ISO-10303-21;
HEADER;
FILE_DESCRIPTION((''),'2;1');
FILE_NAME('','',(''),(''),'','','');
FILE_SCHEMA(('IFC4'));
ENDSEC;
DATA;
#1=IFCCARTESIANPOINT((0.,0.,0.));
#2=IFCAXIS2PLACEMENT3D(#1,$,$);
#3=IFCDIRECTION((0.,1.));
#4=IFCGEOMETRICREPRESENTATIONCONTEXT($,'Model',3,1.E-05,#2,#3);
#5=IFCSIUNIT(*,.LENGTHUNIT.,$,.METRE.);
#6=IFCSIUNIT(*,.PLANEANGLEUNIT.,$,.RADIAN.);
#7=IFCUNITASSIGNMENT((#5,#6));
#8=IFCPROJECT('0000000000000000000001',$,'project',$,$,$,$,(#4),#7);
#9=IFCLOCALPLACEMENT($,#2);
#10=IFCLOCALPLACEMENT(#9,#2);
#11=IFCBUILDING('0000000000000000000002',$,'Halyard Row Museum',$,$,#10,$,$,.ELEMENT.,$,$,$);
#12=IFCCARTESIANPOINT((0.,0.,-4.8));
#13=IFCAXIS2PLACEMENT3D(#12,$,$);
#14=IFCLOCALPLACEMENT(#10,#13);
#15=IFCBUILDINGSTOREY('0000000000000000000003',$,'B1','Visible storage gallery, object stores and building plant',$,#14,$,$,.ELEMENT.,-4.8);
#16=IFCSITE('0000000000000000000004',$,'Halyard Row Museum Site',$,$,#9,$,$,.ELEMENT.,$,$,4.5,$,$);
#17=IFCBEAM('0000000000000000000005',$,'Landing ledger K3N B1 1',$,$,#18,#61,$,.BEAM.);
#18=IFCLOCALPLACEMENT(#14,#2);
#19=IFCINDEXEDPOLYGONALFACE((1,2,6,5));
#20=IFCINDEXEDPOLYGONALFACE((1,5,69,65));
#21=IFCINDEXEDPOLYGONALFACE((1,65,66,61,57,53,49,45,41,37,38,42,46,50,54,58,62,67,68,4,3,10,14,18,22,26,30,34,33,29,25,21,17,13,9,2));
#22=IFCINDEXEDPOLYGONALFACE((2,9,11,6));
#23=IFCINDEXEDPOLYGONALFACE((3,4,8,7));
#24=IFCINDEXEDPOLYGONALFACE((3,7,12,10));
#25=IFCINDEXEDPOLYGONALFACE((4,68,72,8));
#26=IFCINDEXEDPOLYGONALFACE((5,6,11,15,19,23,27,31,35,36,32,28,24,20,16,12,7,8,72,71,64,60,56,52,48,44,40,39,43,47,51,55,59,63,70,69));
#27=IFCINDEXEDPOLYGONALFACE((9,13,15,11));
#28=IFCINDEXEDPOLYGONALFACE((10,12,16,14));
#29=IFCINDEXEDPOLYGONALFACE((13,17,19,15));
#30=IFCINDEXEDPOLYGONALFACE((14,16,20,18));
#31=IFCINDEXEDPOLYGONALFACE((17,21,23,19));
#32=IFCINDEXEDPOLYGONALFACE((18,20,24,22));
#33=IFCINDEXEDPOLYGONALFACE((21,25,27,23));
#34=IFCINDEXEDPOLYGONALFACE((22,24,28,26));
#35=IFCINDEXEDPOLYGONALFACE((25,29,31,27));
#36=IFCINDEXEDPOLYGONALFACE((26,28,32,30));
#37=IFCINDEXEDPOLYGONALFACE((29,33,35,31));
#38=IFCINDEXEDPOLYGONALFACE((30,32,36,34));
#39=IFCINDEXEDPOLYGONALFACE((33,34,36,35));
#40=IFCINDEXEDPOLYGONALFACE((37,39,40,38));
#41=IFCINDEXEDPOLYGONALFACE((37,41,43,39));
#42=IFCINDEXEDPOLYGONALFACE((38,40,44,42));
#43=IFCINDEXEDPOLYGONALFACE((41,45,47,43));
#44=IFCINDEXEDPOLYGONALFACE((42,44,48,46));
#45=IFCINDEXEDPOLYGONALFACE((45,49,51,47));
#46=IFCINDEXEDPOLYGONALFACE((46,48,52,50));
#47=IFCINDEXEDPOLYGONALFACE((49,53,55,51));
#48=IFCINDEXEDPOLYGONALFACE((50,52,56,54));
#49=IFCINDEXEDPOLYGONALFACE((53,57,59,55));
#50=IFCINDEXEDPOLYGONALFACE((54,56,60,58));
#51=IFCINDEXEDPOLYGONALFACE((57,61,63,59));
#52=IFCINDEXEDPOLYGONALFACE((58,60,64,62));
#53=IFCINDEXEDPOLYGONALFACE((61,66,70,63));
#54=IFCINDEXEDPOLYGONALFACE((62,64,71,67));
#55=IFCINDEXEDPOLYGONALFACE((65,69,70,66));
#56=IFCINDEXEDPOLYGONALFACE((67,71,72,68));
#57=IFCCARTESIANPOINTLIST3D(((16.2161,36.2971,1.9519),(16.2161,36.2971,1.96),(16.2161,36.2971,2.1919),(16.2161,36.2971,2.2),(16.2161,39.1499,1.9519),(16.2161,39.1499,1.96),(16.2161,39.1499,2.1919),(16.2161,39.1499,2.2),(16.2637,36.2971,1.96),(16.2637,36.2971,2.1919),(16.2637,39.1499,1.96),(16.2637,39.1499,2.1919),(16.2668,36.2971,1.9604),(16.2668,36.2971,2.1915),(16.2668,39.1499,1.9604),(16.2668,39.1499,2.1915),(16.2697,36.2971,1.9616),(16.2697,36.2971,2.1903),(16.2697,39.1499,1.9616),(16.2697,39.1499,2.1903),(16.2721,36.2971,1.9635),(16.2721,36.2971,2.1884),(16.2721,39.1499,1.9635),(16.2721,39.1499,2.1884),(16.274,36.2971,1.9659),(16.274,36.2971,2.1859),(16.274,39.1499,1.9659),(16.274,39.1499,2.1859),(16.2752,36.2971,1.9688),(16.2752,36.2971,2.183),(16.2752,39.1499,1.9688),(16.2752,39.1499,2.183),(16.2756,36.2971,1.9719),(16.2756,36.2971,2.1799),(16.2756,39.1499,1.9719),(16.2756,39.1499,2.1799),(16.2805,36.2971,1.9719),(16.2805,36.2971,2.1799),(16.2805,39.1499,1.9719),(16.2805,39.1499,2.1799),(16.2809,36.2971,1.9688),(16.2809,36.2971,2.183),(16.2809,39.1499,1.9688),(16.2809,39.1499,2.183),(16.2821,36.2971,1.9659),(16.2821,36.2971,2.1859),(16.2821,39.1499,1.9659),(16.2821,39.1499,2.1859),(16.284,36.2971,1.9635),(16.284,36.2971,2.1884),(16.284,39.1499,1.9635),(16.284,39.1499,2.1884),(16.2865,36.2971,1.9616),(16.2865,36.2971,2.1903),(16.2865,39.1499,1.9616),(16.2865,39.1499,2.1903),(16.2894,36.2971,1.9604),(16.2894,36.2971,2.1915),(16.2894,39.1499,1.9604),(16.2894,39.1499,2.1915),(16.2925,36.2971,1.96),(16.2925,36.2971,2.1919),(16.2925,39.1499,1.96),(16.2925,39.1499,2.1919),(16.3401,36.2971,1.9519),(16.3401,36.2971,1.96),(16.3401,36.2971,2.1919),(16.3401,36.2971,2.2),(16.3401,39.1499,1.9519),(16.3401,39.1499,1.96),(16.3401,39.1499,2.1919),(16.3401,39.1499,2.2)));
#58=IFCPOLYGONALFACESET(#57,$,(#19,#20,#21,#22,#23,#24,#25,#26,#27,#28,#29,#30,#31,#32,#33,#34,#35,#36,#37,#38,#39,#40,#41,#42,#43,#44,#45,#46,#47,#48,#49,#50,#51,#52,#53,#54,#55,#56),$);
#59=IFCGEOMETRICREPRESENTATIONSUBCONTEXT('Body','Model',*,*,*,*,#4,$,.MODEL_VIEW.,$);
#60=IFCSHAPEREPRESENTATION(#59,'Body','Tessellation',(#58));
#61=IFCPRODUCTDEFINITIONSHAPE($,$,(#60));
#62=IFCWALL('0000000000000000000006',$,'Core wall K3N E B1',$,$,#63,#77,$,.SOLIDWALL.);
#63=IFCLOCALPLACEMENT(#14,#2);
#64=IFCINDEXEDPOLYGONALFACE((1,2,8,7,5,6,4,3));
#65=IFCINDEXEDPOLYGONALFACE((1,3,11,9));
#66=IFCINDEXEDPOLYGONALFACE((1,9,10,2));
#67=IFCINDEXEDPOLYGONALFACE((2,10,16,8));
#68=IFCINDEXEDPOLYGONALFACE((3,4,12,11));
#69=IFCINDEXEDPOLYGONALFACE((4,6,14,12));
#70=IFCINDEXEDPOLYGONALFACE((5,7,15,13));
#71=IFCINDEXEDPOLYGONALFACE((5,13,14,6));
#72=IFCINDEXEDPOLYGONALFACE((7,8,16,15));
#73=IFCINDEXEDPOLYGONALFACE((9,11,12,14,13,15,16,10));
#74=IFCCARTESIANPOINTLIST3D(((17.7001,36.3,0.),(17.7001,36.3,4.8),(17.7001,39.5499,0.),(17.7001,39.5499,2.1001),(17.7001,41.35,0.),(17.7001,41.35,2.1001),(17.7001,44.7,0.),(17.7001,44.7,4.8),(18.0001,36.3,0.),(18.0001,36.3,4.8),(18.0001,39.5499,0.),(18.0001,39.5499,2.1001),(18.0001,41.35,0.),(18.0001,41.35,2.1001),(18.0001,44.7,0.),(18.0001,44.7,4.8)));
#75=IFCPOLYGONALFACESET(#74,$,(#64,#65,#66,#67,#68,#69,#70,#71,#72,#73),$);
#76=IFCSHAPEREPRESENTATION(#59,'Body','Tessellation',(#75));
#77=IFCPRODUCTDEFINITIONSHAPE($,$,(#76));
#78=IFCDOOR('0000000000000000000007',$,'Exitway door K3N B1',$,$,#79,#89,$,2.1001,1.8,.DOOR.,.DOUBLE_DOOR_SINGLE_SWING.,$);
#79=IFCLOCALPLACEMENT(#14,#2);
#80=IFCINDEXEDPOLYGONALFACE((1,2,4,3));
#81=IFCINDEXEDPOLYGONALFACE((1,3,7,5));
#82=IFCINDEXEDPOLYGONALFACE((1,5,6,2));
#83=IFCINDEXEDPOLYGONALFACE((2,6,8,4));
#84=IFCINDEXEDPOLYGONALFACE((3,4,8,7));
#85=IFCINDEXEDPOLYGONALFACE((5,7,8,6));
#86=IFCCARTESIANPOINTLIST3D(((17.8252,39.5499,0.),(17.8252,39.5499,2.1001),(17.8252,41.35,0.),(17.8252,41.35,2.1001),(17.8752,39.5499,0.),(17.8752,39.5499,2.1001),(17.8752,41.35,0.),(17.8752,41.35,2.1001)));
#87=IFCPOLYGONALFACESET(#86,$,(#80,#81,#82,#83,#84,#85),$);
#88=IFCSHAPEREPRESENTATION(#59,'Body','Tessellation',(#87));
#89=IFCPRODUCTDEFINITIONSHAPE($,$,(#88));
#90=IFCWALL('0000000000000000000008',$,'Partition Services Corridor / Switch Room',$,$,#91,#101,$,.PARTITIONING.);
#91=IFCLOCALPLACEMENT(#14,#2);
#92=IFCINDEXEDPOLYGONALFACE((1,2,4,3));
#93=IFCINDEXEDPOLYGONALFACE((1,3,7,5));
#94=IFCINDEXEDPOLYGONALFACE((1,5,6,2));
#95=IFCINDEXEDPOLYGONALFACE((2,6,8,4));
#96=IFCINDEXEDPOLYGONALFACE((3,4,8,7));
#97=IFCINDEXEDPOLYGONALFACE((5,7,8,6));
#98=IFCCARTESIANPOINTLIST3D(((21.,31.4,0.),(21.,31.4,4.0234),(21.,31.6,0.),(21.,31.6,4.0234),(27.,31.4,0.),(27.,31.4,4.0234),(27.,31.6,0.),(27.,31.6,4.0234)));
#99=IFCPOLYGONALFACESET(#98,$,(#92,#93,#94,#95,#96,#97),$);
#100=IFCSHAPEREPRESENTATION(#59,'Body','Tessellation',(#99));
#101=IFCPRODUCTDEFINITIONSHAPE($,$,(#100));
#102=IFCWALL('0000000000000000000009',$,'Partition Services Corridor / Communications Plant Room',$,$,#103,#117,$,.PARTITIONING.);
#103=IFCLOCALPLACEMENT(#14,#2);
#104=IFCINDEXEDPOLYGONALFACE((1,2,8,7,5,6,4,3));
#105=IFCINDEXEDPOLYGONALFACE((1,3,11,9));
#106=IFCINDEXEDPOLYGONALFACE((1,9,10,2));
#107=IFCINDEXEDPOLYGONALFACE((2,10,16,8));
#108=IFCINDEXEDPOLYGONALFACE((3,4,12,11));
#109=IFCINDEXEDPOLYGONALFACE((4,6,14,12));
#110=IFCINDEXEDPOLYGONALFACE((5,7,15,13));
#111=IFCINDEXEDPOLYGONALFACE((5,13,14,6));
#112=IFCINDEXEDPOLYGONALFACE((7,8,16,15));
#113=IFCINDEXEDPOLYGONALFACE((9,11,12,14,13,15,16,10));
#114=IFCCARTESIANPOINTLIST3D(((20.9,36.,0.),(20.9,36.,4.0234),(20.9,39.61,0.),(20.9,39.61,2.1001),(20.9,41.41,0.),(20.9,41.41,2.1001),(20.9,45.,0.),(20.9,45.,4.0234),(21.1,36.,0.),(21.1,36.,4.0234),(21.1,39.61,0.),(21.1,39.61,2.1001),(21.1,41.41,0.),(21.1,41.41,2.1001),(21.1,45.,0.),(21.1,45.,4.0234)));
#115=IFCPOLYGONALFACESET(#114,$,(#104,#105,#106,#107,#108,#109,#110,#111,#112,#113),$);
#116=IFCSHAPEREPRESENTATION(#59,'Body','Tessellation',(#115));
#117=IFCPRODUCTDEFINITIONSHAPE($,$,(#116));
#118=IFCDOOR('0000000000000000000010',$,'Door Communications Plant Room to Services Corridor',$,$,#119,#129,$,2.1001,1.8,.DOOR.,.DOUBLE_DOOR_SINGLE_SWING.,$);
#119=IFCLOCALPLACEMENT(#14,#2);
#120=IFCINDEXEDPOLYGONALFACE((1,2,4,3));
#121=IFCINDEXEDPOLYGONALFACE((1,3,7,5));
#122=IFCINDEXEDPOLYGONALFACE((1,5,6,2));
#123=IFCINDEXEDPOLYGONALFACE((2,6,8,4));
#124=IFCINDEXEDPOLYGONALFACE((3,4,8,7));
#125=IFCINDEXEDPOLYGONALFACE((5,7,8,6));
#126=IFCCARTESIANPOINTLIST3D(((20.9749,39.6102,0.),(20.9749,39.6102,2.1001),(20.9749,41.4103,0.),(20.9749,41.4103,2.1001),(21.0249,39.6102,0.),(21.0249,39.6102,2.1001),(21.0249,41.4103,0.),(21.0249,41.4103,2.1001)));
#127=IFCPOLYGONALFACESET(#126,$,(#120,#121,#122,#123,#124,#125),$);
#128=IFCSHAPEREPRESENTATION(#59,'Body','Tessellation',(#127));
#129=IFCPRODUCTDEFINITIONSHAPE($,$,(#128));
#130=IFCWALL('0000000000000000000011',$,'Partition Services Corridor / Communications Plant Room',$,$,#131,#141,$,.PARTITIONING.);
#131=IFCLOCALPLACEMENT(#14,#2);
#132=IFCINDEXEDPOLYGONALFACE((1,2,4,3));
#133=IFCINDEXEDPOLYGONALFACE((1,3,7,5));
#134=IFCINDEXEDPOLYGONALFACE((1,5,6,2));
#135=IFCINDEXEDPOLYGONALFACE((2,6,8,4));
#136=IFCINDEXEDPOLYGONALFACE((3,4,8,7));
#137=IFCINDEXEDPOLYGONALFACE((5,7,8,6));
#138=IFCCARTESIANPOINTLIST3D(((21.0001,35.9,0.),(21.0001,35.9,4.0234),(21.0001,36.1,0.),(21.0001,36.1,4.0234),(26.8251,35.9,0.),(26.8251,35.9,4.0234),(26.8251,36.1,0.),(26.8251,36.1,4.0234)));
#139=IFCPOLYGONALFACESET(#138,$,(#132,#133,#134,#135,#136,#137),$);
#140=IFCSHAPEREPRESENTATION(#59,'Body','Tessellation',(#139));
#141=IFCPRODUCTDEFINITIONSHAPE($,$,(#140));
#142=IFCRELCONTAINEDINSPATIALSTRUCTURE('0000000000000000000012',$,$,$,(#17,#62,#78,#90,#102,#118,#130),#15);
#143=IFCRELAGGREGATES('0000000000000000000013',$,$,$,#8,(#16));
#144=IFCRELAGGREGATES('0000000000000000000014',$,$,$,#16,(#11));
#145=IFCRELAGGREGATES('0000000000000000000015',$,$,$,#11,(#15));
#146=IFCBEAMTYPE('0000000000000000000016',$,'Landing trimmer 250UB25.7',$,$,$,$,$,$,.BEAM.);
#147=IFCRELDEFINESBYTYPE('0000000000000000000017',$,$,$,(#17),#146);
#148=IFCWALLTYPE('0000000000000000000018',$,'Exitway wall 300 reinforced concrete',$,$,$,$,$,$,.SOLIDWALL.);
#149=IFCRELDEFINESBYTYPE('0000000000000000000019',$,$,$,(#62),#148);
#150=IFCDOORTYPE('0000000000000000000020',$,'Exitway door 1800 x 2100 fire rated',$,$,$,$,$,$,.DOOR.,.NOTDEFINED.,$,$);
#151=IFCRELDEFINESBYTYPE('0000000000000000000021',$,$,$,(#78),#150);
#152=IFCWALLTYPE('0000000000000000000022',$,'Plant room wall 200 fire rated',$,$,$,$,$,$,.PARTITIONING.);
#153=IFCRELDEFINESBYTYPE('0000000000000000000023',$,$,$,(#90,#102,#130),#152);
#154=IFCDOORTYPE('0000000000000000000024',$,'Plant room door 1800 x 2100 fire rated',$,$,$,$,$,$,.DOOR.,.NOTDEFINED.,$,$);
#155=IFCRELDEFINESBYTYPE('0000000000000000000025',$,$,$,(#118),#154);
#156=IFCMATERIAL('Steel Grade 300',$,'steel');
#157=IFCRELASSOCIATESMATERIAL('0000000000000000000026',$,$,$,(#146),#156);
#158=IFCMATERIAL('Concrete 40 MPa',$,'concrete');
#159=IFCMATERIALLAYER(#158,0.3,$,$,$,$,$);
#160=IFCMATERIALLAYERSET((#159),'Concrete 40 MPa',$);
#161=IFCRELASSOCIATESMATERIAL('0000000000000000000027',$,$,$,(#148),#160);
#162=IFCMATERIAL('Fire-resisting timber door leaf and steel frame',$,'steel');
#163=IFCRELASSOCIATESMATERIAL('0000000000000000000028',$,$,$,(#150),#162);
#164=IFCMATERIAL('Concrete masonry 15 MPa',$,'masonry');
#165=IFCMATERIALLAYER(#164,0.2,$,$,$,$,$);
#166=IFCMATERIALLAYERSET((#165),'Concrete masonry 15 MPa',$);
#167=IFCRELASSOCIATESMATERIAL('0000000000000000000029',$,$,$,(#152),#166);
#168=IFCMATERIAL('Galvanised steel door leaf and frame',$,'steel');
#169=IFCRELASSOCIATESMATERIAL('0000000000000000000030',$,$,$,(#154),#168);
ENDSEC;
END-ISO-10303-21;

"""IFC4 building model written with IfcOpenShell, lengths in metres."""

from ifc_helpers import new_model, si_unit, direction, frame, frame_2d, origin, origin_2d, place, context, subcontext, project, spatial, rectangle, i_section, extrude, material, layer, layer_set, material_profile, profile_set, type_object, element, fill, save


model = new_model("IFC4")

# Units and contexts
model_context = context("Model", 3, precision=1e-05, world=origin(), true_north=direction((0.0, 1.0)))
body_context = subcontext(model_context, "Body", "Model", "MODEL_VIEW")
ifc_project = project(units=[si_unit("LENGTHUNIT", "METRE"), si_unit("PLANEANGLEUNIT", "RADIAN")], contexts=[model_context])

# Site, building, storey
site_placement = place(None, origin())
site = spatial("IfcSite", under=ifc_project, at=site_placement, Name="Halyard Row Museum Site", CompositionType="ELEMENT", RefElevation=4.5)
building_placement = place(site_placement, origin())
building = spatial("IfcBuilding", under=site, at=building_placement, Name="Halyard Row Museum", CompositionType="ELEMENT")
storey_placement = place(building_placement, frame((0.0, 0.0, -4.8)))
storey = spatial("IfcBuildingStorey", under=building, at=storey_placement, Name="B1", Description="Visible storage gallery, object stores and building plant", CompositionType="ELEMENT", Elevation=-4.8)

# Beam
ifc_material_1 = material(Name="Steel Grade 300", Category="steel")
ifc_material_profile_1 = material_profile(ifc_material_1, i_section(OverallWidth=0.124, OverallDepth=0.248, WebThickness=0.0049, FlangeThickness=0.0081, FilletRadius=0.012, at=origin_2d()), Name="250UB25.7")
ifc_profile_set_1 = profile_set([ifc_material_profile_1], Name="Steel Grade 300")
beam_type_1 = type_object("IfcBeamType", Name="Landing trimmer 250UB25.7", PredefinedType="BEAM", material=ifc_profile_set_1)
beam_1_placement = place(storey_placement, frame((16.2781, 36.2971, 2.0759), z_axis=(0.0, 1.0, 0.0), x_axis=(-1.0, 0.0, 0.0)))
element("IfcBeam", 1, at=beam_1_placement, inside=storey, type_object=beam_type_1, Name="Landing ledger K3N B1 1", PredefinedType="BEAM", context=body_context, shape_type="SweptSolid", body=[
    extrude(i_section(OverallWidth=0.124, OverallDepth=0.248, WebThickness=0.0049, FlangeThickness=0.0081, FilletRadius=0.012, at=origin_2d()), origin(), (0.0, 0.0, 1.0), 2.8528),
])

# Wall, opening, door
ifc_material_2 = material(Name="Concrete 40 MPa", Category="concrete")
ifc_layer_1 = layer(ifc_material_2, 0.3)
ifc_layer_set_1 = layer_set([ifc_layer_1], Name="Concrete 40 MPa")
wall_type_1 = type_object("IfcWallType", Name="Exitway wall 300 reinforced concrete", PredefinedType="SOLIDWALL", material=ifc_layer_set_1)
wall_1_placement = place(storey_placement, frame((17.8501, 36.3, 0.0), z_axis=(0.0, 0.0, 1.0), x_axis=(0.0, 1.0, 0.0)))
wall_1 = element("IfcWall", 2, at=wall_1_placement, inside=storey, type_object=wall_type_1, Name="Core wall K3N E B1", PredefinedType="SOLIDWALL", context=body_context, shape_type="SweptSolid", body=[
    extrude(rectangle(XDim=8.3999, YDim=0.3, at=frame_2d((4.2, 0.0))), origin(), (0.0, 0.0, 1.0), 4.8),
])
opening_1_placement = place(wall_1_placement, frame((3.25, 0.0, 0.0)))
opening_1 = element("IfcOpeningElement", 3, at=opening_1_placement, cuts=wall_1, PredefinedType="OPENING", context=body_context, shape_type="SweptSolid", body=[
    extrude(rectangle(XDim=1.8, YDim=2.1001, at=frame_2d((0.8999, 1.05))), frame((0.0, 0.1599, 0.0), z_axis=(0.0, -1.0, 0.0), x_axis=(1.0, 0.0, 0.0)), (0.0, 0.0, 1.0), 0.3201),
])
ifc_material_3 = material(Name="Fire-resisting timber door leaf and steel frame", Category="steel")
door_type_1 = type_object("IfcDoorType", Name="Exitway door 1800 x 2100 fire rated", OperationType="NOTDEFINED", PredefinedType="DOOR", material=ifc_material_3)
door_1_placement = place(opening_1_placement, origin())
door_1 = element("IfcDoor", 4, at=door_1_placement, inside=storey, type_object=door_type_1, Name="Exitway door K3N B1", OperationType="DOUBLE_DOOR_SINGLE_SWING", OverallHeight=2.1001, OverallWidth=1.8, PredefinedType="DOOR", context=body_context, shape_type="SweptSolid", body=[
    extrude(rectangle(XDim=1.8, YDim=2.1001, at=frame_2d((0.8999, 1.05))), frame((0.0, 0.0249, 0.0), z_axis=(0.0, -1.0, 0.0), x_axis=(1.0, 0.0, 0.0)), (0.0, 0.0, 1.0), 0.05),
])
fill(opening_1, door_1)

# Wall
ifc_material_4 = material(Name="Concrete masonry 15 MPa", Category="masonry")
ifc_layer_2 = layer(ifc_material_4, 0.2)
ifc_layer_set_2 = layer_set([ifc_layer_2], Name="Concrete masonry 15 MPa")
wall_type_2 = type_object("IfcWallType", Name="Plant room wall 200 fire rated", PredefinedType="PARTITIONING", material=ifc_layer_set_2)
wall_2_placement = place(storey_placement, frame((21.0, 31.5, 0.0), z_axis=(0.0, 0.0, 1.0), x_axis=(1.0, 0.0, 0.0)))
element("IfcWall", 5, at=wall_2_placement, inside=storey, type_object=wall_type_2, Name="Partition Services Corridor / Switch Room", PredefinedType="PARTITIONING", context=body_context, shape_type="SweptSolid", body=[
    extrude(rectangle(XDim=6.0, YDim=0.2, at=frame_2d((3.0, 0.0))), origin(), (0.0, 0.0, 1.0), 4.0234),
])

# Wall, opening, door
wall_3_placement = place(storey_placement, frame((21.0, 36.0, 0.0), z_axis=(0.0, 0.0, 1.0), x_axis=(0.0, 1.0, 0.0)))
wall_3 = element("IfcWall", 6, at=wall_3_placement, inside=storey, type_object=wall_type_2, Name="Partition Services Corridor / Communications Plant Room", PredefinedType="PARTITIONING", context=body_context, shape_type="SweptSolid", body=[
    extrude(rectangle(XDim=9.0, YDim=0.2, at=frame_2d((4.5, 0.0))), origin(), (0.0, 0.0, 1.0), 4.0234),
])
opening_2_placement = place(wall_3_placement, frame((3.6101, 0.0, 0.0)))
opening_2 = element("IfcOpeningElement", 7, at=opening_2_placement, cuts=wall_3, PredefinedType="OPENING", context=body_context, shape_type="SweptSolid", body=[
    extrude(rectangle(XDim=1.8, YDim=2.1001, at=frame_2d((0.8999, 1.05))), frame((0.0, 0.1099, 0.0), z_axis=(0.0, -1.0, 0.0), x_axis=(1.0, 0.0, 0.0)), (0.0, 0.0, 1.0), 0.22),
])
ifc_material_5 = material(Name="Galvanised steel door leaf and frame", Category="steel")
door_type_2 = type_object("IfcDoorType", Name="Plant room door 1800 x 2100 fire rated", OperationType="NOTDEFINED", PredefinedType="DOOR", material=ifc_material_5)
door_2_placement = place(opening_2_placement, frame((1.8, 0.0, 0.0), z_axis=(0.0, 0.0, 1.0), x_axis=(-1.0, 0.0, 0.0)))
door_2 = element("IfcDoor", 8, at=door_2_placement, inside=storey, type_object=door_type_2, Name="Door Communications Plant Room to Services Corridor", OperationType="DOUBLE_DOOR_SINGLE_SWING", OverallHeight=2.1001, OverallWidth=1.8, PredefinedType="DOOR", context=body_context, shape_type="SweptSolid", body=[
    extrude(rectangle(XDim=1.8, YDim=2.1001, at=frame_2d((0.8999, 1.05))), frame((0.0, 0.0249, 0.0), z_axis=(0.0, -1.0, 0.0), x_axis=(1.0, 0.0, 0.0)), (0.0, 0.0, 1.0), 0.05),
])
fill(opening_2, door_2)

# Wall
wall_4_placement = place(storey_placement, frame((21.0, 36.0, 0.0), z_axis=(0.0, 0.0, 1.0), x_axis=(1.0, 0.0, 0.0)))
element("IfcWall", 9, at=wall_4_placement, inside=storey, type_object=wall_type_2, Name="Partition Services Corridor / Communications Plant Room", PredefinedType="PARTITIONING", context=body_context, shape_type="SweptSolid", body=[
    extrude(rectangle(XDim=5.825, YDim=0.2, at=frame_2d((2.9126, 0.0))), origin(), (0.0, 0.0, 1.0), 4.0234),
])

save(model, "model.ifc")
